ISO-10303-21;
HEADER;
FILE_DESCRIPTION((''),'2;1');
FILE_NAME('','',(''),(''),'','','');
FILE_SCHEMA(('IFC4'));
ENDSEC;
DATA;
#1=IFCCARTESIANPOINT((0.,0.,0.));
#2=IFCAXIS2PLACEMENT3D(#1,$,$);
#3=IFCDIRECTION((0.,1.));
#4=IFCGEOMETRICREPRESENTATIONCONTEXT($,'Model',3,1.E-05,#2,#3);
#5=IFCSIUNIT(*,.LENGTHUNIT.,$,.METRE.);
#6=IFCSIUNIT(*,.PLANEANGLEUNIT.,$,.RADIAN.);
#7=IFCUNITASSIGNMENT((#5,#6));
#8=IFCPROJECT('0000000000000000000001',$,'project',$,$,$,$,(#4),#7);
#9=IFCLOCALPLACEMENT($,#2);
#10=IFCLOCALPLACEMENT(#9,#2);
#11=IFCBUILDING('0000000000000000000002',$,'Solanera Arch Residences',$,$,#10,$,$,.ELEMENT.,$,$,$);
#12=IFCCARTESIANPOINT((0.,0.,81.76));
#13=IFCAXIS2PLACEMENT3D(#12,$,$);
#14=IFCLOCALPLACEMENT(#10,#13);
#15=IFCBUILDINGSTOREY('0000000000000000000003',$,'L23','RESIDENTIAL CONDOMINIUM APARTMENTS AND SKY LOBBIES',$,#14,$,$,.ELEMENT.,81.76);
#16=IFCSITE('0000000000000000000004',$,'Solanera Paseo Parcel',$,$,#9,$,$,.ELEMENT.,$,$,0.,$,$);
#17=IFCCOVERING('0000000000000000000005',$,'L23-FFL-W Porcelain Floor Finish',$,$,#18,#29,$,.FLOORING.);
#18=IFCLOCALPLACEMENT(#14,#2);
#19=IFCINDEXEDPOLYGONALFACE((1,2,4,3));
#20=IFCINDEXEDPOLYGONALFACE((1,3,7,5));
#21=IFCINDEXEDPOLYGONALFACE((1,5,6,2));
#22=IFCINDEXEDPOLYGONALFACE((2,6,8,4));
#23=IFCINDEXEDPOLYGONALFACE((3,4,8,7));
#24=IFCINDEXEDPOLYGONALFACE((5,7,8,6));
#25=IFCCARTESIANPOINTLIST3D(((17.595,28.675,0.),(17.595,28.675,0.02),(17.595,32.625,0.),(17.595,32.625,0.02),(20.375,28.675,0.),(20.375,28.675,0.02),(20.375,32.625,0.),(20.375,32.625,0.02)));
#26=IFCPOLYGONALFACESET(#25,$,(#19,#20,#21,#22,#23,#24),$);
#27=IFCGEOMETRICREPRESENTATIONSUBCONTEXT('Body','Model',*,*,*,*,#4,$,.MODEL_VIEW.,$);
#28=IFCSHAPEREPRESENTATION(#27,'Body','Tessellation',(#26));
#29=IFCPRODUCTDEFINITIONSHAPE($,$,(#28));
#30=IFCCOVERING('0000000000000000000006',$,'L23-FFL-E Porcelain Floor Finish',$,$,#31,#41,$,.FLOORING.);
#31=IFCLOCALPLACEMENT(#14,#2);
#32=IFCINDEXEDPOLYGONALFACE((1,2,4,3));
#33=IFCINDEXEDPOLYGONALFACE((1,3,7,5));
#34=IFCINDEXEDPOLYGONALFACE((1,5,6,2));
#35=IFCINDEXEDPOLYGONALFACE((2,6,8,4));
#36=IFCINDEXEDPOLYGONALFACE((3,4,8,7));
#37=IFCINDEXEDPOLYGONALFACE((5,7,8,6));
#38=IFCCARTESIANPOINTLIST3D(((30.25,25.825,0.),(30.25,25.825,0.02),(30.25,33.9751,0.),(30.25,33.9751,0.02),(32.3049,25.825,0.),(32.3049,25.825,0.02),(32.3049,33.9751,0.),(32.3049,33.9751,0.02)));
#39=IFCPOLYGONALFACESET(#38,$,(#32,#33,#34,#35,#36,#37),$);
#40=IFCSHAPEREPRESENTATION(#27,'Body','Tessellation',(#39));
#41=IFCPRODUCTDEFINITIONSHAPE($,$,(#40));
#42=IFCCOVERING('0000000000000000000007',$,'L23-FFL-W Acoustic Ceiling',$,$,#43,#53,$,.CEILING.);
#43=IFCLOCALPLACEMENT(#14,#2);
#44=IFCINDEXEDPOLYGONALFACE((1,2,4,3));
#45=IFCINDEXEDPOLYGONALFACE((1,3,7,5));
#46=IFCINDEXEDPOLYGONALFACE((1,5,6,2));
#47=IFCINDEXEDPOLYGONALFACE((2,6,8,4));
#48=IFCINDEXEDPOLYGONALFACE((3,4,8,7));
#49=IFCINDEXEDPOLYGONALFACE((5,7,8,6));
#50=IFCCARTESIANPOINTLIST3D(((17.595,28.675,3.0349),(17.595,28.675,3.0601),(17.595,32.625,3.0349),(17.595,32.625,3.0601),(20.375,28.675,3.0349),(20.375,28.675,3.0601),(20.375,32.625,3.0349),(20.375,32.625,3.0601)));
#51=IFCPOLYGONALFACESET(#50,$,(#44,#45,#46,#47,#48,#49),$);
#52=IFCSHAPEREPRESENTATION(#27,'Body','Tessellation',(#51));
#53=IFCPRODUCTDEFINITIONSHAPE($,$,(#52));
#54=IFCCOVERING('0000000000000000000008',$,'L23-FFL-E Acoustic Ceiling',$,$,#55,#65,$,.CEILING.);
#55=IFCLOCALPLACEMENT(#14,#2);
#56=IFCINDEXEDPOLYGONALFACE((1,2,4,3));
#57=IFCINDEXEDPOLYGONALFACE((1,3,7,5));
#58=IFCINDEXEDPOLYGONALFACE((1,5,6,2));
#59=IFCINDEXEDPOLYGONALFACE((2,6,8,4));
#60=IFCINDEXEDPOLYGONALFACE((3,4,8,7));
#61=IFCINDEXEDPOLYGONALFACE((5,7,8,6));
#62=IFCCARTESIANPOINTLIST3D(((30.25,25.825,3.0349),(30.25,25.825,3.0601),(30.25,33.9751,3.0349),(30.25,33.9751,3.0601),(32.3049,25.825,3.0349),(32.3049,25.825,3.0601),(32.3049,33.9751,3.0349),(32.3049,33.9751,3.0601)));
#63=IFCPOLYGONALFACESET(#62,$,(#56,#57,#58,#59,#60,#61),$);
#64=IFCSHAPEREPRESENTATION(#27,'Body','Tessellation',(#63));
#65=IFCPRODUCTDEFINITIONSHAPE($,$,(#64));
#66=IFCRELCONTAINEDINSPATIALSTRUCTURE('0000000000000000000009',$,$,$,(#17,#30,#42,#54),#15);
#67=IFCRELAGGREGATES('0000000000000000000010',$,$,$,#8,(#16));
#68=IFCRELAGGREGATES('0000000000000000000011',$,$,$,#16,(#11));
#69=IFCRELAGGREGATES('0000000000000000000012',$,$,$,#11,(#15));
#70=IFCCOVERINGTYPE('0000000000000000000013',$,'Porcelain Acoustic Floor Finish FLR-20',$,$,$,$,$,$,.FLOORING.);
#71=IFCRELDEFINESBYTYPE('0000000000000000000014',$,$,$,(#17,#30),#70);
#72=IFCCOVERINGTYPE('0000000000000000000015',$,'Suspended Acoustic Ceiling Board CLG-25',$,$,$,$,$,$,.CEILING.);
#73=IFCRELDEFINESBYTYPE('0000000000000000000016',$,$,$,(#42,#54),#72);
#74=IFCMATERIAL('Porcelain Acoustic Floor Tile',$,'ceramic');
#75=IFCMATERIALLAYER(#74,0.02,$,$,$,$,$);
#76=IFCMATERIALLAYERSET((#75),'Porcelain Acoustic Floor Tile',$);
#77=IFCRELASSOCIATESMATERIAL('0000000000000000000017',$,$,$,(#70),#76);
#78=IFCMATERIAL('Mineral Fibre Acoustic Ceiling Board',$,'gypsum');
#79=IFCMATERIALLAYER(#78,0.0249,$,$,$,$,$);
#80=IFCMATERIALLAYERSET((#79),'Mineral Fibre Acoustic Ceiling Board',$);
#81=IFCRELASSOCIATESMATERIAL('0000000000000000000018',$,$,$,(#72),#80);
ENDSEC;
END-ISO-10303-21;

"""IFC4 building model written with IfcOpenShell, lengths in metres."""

from ifc_helpers import new_model, si_unit, direction, frame, origin, place, context, subcontext, project, spatial, polyline, outline, extrude, material, layer, layer_set, type_object, element, save


model = new_model("IFC4")

# Units and contexts
model_context = context("Model", 3, precision=1e-05, world=origin(), true_north=direction((0.0, 1.0)))
body_context = subcontext(model_context, "Body", "Model", "MODEL_VIEW")
ifc_project = project(units=[si_unit("LENGTHUNIT", "METRE"), si_unit("PLANEANGLEUNIT", "RADIAN")], contexts=[model_context])

# Site, building, storey
site_placement = place(None, origin())
site = spatial("IfcSite", under=ifc_project, at=site_placement, Name="Solanera Paseo Parcel", CompositionType="ELEMENT", RefElevation=0.0)
building_placement = place(site_placement, origin())
building = spatial("IfcBuilding", under=site, at=building_placement, Name="Solanera Arch Residences", CompositionType="ELEMENT")
storey_placement = place(building_placement, frame((0.0, 0.0, 81.76)))
storey = spatial("IfcBuildingStorey", under=building, at=storey_placement, Name="L23", Description="RESIDENTIAL CONDOMINIUM APARTMENTS AND SKY LOBBIES", CompositionType="ELEMENT", Elevation=81.76)

# Coverings
ifc_material_1 = material(Name="Porcelain Acoustic Floor Tile", Category="ceramic")
ifc_layer_1 = layer(ifc_material_1, 0.02)
ifc_layer_set_1 = layer_set([ifc_layer_1], Name="Porcelain Acoustic Floor Tile")
covering_type_1 = type_object("IfcCoveringType", Name="Porcelain Acoustic Floor Finish FLR-20", PredefinedType="FLOORING", material=ifc_layer_set_1)
covering_1_placement = place(storey_placement, origin())
element("IfcCovering", 1, at=covering_1_placement, inside=storey, type_object=covering_type_1, Name="L23-FFL-W Porcelain Floor Finish", PredefinedType="FLOORING", context=body_context, shape_type="SweptSolid", body=[
    extrude(outline(polyline([(20.375, 28.675), (17.595, 28.675), (17.595, 32.625), (20.375, 32.625), (20.375, 28.675)])), origin(), (0.0, 0.0, 1.0), 0.02),
])
covering_2_placement = place(storey_placement, origin())
element("IfcCovering", 2, at=covering_2_placement, inside=storey, type_object=covering_type_1, Name="L23-FFL-E Porcelain Floor Finish", PredefinedType="FLOORING", context=body_context, shape_type="SweptSolid", body=[
    extrude(outline(polyline([(32.3049, 25.825), (30.25, 25.825), (30.25, 33.9751), (32.3049, 33.9751), (32.3049, 25.825)])), origin(), (0.0, 0.0, 1.0), 0.02),
])
ifc_material_2 = material(Name="Mineral Fibre Acoustic Ceiling Board", Category="gypsum")
ifc_layer_2 = layer(ifc_material_2, 0.0249)
ifc_layer_set_2 = layer_set([ifc_layer_2], Name="Mineral Fibre Acoustic Ceiling Board")
covering_type_2 = type_object("IfcCoveringType", Name="Suspended Acoustic Ceiling Board CLG-25", PredefinedType="CEILING", material=ifc_layer_set_2)
covering_3_placement = place(storey_placement, frame((0.0, 0.0, 3.0349)))
element("IfcCovering", 3, at=covering_3_placement, inside=storey, type_object=covering_type_2, Name="L23-FFL-W Acoustic Ceiling", PredefinedType="CEILING", context=body_context, shape_type="SweptSolid", body=[
    extrude(outline(polyline([(20.375, 28.675), (17.595, 28.675), (17.595, 32.625), (20.375, 32.625), (20.375, 28.675)])), origin(), (0.0, 0.0, 1.0), 0.0251),
])
covering_4_placement = place(storey_placement, frame((0.0, 0.0, 3.0349)))
element("IfcCovering", 4, at=covering_4_placement, inside=storey, type_object=covering_type_2, Name="L23-FFL-E Acoustic Ceiling", PredefinedType="CEILING", context=body_context, shape_type="SweptSolid", body=[
    extrude(outline(polyline([(32.3049, 25.825), (30.25, 25.825), (30.25, 33.9751), (32.3049, 33.9751), (32.3049, 25.825)])), origin(), (0.0, 0.0, 1.0), 0.0251),
])

save(model, "model.ifc")
